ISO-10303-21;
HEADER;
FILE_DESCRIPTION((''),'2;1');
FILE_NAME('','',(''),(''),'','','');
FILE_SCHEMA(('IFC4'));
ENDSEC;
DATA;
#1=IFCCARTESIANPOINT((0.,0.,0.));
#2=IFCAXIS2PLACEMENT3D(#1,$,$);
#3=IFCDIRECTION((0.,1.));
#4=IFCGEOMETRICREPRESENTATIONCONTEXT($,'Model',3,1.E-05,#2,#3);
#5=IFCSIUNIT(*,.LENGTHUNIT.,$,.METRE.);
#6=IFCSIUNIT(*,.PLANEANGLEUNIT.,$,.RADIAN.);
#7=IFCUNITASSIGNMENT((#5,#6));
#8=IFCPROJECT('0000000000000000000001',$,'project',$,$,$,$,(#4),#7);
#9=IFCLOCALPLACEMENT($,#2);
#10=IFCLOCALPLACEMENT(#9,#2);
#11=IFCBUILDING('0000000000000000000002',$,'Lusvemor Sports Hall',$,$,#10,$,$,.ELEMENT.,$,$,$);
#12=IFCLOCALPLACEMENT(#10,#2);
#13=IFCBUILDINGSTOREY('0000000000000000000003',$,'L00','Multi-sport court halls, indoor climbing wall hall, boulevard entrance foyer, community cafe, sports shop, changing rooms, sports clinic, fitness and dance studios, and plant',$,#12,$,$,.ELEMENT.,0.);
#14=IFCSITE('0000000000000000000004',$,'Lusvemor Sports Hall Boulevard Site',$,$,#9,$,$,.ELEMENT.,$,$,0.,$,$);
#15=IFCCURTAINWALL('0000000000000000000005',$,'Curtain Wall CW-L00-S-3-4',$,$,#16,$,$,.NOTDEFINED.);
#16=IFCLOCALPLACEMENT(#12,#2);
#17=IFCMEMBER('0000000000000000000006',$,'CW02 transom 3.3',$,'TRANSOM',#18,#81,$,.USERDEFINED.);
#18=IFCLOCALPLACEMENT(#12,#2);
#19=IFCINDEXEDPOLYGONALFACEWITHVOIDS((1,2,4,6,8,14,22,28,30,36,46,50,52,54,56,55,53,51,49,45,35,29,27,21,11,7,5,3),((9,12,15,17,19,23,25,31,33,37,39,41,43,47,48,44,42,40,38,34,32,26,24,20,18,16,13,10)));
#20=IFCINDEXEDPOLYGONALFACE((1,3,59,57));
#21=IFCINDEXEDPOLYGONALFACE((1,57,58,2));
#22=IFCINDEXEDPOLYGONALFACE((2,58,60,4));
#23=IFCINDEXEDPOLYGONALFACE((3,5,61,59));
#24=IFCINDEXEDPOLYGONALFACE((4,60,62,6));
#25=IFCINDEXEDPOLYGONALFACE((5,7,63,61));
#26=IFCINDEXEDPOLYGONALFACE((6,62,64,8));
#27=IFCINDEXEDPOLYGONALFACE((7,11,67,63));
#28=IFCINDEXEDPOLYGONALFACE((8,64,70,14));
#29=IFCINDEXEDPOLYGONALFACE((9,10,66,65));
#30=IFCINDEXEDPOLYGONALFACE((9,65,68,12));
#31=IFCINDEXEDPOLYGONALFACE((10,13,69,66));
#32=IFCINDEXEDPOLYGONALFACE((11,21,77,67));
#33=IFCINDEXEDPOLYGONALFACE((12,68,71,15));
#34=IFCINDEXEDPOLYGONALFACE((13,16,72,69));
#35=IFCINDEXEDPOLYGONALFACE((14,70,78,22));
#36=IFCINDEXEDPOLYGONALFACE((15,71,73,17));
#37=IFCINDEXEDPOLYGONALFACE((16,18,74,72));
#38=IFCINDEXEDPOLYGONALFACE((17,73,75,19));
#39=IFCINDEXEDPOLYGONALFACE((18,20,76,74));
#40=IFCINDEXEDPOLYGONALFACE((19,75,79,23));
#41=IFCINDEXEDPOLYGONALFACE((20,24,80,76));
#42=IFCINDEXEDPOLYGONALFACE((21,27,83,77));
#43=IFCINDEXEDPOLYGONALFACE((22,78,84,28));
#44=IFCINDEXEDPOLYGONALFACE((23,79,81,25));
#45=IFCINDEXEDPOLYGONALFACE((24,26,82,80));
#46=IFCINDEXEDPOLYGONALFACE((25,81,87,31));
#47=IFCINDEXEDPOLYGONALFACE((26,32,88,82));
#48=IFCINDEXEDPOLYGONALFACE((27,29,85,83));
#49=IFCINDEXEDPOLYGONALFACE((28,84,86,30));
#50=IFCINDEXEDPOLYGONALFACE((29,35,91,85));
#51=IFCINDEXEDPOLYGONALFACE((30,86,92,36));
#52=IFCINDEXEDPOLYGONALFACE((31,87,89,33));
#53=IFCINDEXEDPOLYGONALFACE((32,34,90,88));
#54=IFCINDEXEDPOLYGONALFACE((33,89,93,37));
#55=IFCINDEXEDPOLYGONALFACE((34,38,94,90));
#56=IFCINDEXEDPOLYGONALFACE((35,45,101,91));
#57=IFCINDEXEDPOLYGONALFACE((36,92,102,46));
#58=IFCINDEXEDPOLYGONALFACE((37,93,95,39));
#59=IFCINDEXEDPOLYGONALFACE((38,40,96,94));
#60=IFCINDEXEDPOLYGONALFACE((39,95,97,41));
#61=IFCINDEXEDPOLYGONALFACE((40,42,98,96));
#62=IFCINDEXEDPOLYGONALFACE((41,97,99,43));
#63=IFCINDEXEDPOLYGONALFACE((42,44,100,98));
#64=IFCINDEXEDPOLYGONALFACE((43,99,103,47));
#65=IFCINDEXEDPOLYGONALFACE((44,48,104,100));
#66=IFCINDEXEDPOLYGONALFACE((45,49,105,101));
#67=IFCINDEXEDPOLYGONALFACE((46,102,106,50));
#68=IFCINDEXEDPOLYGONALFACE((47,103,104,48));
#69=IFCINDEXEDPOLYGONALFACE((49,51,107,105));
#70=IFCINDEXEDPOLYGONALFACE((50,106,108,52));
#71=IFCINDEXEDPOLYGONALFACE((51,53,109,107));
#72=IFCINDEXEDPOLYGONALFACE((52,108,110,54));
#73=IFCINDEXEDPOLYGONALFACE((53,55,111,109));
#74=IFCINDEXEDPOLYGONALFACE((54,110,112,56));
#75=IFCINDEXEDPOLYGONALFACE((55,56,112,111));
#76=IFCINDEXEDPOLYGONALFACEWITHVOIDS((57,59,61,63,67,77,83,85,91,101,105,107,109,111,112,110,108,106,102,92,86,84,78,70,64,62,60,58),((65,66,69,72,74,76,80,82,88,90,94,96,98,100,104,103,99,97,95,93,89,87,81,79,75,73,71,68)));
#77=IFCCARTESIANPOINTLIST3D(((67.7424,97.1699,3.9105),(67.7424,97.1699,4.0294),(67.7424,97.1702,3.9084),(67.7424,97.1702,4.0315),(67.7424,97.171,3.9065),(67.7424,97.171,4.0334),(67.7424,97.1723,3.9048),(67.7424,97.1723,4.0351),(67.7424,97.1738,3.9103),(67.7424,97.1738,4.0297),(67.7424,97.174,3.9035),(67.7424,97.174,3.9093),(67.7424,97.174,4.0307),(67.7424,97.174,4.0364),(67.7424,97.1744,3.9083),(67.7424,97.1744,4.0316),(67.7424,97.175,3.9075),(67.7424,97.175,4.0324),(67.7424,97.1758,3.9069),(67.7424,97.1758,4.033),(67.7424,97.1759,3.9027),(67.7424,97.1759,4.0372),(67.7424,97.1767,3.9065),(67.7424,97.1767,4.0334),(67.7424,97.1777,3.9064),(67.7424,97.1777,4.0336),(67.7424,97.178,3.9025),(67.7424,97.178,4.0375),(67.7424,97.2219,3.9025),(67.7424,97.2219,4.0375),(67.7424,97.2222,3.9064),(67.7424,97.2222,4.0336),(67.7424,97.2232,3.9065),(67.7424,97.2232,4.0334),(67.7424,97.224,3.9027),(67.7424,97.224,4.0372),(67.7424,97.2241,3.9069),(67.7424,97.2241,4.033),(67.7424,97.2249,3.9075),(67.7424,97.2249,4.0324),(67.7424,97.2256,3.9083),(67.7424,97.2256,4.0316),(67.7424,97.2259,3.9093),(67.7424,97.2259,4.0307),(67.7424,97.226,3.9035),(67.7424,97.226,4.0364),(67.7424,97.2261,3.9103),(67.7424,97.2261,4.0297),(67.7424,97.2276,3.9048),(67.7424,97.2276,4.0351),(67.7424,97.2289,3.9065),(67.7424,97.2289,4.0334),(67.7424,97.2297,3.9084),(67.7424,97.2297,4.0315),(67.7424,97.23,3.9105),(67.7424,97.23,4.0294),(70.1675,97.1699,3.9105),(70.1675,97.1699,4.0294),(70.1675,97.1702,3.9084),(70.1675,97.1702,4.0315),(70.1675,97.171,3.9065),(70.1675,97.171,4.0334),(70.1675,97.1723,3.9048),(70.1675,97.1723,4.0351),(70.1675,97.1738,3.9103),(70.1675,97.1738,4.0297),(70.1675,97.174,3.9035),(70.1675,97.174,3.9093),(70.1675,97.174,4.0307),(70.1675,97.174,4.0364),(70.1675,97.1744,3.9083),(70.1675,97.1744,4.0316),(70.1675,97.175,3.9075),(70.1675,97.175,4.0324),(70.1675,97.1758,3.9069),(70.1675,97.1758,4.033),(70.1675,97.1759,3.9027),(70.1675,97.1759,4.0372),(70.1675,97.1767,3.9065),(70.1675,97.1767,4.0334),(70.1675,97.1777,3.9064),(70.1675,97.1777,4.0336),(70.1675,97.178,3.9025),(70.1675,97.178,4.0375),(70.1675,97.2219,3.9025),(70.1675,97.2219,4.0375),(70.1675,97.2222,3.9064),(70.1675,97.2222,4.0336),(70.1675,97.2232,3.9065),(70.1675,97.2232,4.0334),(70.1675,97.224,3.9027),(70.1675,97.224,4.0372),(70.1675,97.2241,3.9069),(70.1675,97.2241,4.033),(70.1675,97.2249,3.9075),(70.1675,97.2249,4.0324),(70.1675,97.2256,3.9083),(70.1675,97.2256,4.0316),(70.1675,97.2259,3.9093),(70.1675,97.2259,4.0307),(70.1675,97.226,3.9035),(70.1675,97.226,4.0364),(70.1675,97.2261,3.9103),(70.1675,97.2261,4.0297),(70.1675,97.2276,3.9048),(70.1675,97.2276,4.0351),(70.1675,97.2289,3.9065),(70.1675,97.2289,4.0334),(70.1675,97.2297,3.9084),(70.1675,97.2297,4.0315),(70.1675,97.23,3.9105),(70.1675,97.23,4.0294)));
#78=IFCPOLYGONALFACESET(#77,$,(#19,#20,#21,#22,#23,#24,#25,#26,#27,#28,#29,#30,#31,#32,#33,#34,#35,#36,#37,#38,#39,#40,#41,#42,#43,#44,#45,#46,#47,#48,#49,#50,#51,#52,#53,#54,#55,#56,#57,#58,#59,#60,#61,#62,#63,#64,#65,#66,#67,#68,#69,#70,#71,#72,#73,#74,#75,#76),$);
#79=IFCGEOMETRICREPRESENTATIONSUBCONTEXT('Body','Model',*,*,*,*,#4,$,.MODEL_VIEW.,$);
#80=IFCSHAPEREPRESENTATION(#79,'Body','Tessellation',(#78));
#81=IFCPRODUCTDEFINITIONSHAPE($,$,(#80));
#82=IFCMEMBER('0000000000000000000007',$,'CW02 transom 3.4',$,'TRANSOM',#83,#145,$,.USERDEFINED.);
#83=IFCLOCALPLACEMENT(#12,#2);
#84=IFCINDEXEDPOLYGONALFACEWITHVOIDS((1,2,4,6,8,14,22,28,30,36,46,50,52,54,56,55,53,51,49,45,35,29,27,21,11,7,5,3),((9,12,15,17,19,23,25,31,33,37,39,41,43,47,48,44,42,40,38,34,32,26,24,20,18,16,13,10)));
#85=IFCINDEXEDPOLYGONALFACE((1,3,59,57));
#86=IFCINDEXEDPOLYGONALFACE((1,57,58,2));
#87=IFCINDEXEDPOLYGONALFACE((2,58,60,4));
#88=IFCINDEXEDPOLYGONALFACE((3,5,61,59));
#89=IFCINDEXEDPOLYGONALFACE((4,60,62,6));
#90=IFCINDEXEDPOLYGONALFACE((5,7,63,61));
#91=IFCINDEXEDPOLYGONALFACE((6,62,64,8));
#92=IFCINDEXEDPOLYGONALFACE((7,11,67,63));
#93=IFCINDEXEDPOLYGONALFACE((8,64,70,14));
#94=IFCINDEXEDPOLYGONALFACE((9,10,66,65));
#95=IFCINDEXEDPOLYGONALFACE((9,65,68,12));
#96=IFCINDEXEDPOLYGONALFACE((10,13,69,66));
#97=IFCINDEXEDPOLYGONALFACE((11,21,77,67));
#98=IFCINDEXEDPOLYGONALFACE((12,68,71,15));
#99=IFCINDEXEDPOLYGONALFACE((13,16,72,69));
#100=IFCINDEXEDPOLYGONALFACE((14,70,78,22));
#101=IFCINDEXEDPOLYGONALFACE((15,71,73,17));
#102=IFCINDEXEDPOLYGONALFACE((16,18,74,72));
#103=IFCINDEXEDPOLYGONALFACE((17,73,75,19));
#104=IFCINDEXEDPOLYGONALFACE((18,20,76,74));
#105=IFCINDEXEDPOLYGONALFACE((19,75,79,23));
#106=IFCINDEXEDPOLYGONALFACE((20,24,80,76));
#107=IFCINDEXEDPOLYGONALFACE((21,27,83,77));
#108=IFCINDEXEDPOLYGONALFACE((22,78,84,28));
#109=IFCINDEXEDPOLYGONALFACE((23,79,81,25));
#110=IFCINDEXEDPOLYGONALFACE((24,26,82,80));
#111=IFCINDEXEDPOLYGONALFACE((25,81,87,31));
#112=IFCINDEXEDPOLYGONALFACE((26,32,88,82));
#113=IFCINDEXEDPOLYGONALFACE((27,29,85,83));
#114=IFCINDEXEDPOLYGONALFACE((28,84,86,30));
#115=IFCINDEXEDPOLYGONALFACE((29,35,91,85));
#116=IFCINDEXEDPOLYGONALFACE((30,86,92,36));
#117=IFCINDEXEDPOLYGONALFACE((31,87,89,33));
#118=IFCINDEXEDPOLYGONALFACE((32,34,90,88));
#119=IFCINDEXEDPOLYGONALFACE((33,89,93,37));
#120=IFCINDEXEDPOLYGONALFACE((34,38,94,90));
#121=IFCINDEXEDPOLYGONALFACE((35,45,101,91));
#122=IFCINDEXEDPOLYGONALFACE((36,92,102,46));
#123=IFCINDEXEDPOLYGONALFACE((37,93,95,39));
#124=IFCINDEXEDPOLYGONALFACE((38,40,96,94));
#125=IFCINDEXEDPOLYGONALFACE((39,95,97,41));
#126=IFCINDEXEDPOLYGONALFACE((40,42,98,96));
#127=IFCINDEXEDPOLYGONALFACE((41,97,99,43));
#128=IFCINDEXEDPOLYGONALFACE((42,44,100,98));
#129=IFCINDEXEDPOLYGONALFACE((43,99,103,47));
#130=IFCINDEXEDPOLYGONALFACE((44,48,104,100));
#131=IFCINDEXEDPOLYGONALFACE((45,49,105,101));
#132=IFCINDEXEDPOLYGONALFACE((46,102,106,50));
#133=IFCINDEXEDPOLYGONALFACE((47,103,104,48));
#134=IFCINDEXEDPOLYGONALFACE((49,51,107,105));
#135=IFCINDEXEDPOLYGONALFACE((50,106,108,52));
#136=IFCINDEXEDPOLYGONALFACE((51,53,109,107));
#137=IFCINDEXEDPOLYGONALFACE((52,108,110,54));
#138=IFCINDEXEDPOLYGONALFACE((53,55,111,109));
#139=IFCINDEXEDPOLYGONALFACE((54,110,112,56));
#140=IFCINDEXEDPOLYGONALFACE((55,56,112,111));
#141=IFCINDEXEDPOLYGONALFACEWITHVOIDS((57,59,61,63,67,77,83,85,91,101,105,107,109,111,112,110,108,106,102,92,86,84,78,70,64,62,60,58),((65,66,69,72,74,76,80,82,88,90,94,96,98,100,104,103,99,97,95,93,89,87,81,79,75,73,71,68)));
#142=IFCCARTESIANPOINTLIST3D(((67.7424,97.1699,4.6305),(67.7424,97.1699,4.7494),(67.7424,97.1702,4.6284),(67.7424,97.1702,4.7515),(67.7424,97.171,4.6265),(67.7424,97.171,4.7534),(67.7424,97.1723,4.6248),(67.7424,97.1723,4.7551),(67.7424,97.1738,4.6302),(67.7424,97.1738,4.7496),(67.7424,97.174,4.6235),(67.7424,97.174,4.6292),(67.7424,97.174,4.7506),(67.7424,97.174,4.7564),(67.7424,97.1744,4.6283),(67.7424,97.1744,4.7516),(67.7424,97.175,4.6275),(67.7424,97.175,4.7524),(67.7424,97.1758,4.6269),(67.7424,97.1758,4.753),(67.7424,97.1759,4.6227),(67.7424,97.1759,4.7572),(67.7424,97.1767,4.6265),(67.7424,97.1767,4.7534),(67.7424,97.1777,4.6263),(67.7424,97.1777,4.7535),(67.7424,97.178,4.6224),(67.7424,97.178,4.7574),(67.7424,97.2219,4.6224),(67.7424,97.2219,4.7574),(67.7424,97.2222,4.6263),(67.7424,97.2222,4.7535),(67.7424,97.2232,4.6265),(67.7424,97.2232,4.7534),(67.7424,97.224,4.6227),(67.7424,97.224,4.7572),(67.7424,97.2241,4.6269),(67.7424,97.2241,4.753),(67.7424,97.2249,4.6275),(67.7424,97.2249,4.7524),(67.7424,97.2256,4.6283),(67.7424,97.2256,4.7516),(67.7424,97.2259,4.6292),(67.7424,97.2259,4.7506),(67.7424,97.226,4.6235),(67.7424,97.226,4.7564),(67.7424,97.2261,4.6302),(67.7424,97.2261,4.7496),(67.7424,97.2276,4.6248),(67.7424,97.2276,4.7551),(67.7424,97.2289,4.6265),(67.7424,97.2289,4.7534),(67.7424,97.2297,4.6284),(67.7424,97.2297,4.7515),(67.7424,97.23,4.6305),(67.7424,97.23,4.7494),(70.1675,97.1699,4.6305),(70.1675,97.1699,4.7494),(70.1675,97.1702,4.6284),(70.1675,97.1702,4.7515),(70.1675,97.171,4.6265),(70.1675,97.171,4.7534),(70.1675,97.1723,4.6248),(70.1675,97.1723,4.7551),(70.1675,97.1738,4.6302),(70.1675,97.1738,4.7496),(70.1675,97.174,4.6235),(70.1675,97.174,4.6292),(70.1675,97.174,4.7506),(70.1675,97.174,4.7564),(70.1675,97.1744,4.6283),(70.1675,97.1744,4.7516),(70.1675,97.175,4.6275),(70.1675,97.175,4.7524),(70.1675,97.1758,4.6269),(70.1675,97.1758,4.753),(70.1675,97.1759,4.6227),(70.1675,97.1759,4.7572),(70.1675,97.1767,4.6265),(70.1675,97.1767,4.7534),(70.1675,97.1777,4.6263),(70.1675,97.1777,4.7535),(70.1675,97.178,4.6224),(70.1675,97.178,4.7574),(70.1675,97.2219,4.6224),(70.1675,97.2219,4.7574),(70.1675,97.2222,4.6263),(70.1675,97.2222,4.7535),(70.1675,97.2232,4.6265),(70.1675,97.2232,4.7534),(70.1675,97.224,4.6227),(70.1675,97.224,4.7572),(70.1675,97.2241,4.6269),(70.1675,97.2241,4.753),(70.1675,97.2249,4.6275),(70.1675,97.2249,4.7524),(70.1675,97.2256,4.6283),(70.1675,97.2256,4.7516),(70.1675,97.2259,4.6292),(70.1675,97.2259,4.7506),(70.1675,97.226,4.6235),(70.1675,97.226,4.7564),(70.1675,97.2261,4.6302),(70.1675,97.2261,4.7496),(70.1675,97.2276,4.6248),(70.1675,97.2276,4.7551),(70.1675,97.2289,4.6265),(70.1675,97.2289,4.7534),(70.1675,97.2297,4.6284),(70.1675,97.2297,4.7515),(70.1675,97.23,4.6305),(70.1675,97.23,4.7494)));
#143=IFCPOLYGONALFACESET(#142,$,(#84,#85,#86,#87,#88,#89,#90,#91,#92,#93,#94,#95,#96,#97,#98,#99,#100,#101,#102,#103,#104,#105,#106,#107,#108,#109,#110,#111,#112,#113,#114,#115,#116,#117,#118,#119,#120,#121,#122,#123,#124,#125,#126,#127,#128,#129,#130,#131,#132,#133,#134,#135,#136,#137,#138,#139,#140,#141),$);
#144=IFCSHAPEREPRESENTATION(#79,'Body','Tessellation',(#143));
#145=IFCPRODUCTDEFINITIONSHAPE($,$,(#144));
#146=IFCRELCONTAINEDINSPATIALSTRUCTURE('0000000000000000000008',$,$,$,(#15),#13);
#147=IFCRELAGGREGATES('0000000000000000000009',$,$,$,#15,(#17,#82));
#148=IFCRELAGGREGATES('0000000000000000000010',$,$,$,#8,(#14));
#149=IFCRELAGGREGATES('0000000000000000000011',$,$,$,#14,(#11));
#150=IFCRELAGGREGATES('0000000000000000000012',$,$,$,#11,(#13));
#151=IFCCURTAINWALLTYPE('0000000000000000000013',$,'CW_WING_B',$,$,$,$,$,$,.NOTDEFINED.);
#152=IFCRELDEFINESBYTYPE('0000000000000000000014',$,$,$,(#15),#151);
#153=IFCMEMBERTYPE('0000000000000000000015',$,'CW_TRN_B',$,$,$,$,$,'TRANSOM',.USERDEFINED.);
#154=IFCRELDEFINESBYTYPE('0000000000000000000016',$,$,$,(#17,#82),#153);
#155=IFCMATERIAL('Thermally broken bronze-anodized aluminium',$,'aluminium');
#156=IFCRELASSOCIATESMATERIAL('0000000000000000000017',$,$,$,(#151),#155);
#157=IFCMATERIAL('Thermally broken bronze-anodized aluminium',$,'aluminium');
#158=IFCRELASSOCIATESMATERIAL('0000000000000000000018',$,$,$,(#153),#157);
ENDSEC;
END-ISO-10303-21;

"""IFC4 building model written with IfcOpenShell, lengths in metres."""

from ifc_helpers import new_model, si_unit, direction, frame, origin, origin_2d, place, context, subcontext, project, spatial, hollow_rectangle, extrude, material, material_profile, profile_set, type_object, element, aggregate, save


model = new_model("IFC4")

# Units and contexts
model_context = context("Model", 3, precision=1e-05, world=origin(), true_north=direction((0.0, 1.0)))
body_context = subcontext(model_context, "Body", "Model", "MODEL_VIEW")
ifc_project = project(units=[si_unit("LENGTHUNIT", "METRE"), si_unit("PLANEANGLEUNIT", "RADIAN")], contexts=[model_context])

# Site, building, storey
site_placement = place(None, origin())
site = spatial("IfcSite", under=ifc_project, at=site_placement, Name="Lusvemor Sports Hall Boulevard Site", CompositionType="ELEMENT", RefElevation=0.0)
building_placement = place(site_placement, origin())
building = spatial("IfcBuilding", under=site, at=building_placement, Name="Lusvemor Sports Hall", CompositionType="ELEMENT")
storey_placement = place(building_placement, origin())
storey = spatial("IfcBuildingStorey", under=building, at=storey_placement, Name="L00", Description="Multi-sport court halls, indoor climbing wall hall, boulevard entrance foyer, community cafe, sports shop, changing rooms, sports clinic, fitness and dance studios, and plant", CompositionType="ELEMENT", Elevation=0.0)

# Curtain wall, members
ifc_material_1 = material(Name="Thermally broken bronze-anodized aluminium", Category="aluminium")
curtain_wall_type = type_object("IfcCurtainWallType", Name="CW_WING_B", PredefinedType="NOTDEFINED", material=ifc_material_1)
curtain_wall_placement = place(storey_placement, origin())
curtain_wall = element("IfcCurtainWall", 1, at=curtain_wall_placement, inside=storey, type_object=curtain_wall_type, Name="Curtain Wall CW-L00-S-3-4", PredefinedType="NOTDEFINED")
ifc_material_2 = material(Name="Thermally broken bronze-anodized aluminium", Category="aluminium")
ifc_material_profile_1 = material_profile(ifc_material_2, hollow_rectangle(XDim=0.0601, YDim=0.135, WallThickness=0.0039, InnerFilletRadius=0.0039, OuterFilletRadius=0.0081, at=origin_2d()), Name="CWTRN135x60x4")
ifc_profile_set_1 = profile_set([ifc_material_profile_1], Name="Thermally broken bronze-anodized aluminium")
member_type_1 = type_object("IfcMemberType", Name="CW_TRN_B", ElementType="TRANSOM", PredefinedType="USERDEFINED", material=ifc_profile_set_1)
member_1_placement = place(storey_placement, frame((70.1675, 97.2, 3.97), z_axis=(-1.0, 0.0, 0.0), x_axis=(0.0, -1.0, 0.0)))
member_1 = element("IfcMember", 2, at=member_1_placement, type_object=member_type_1, Name="CW02 transom 3.3", ObjectType="TRANSOM", PredefinedType="USERDEFINED", context=body_context, shape_type="SweptSolid", body=[
    extrude(hollow_rectangle(XDim=0.0601, YDim=0.135, WallThickness=0.0039, InnerFilletRadius=0.0039, OuterFilletRadius=0.0081, at=origin_2d()), origin(), (0.0, 0.0, 1.0), 2.425),
])
member_2_placement = place(storey_placement, frame((70.1675, 97.2, 4.6899), z_axis=(-1.0, 0.0, 0.0), x_axis=(0.0, -1.0, 0.0)))
member_2 = element("IfcMember", 3, at=member_2_placement, type_object=member_type_1, Name="CW02 transom 3.4", ObjectType="TRANSOM", PredefinedType="USERDEFINED", context=body_context, shape_type="SweptSolid", body=[
    extrude(hollow_rectangle(XDim=0.0601, YDim=0.135, WallThickness=0.0039, InnerFilletRadius=0.0039, OuterFilletRadius=0.0081, at=origin_2d()), origin(), (0.0, 0.0, 1.0), 2.425),
])
aggregate(curtain_wall, [member_1, member_2])

save(model, "model.ifc")
